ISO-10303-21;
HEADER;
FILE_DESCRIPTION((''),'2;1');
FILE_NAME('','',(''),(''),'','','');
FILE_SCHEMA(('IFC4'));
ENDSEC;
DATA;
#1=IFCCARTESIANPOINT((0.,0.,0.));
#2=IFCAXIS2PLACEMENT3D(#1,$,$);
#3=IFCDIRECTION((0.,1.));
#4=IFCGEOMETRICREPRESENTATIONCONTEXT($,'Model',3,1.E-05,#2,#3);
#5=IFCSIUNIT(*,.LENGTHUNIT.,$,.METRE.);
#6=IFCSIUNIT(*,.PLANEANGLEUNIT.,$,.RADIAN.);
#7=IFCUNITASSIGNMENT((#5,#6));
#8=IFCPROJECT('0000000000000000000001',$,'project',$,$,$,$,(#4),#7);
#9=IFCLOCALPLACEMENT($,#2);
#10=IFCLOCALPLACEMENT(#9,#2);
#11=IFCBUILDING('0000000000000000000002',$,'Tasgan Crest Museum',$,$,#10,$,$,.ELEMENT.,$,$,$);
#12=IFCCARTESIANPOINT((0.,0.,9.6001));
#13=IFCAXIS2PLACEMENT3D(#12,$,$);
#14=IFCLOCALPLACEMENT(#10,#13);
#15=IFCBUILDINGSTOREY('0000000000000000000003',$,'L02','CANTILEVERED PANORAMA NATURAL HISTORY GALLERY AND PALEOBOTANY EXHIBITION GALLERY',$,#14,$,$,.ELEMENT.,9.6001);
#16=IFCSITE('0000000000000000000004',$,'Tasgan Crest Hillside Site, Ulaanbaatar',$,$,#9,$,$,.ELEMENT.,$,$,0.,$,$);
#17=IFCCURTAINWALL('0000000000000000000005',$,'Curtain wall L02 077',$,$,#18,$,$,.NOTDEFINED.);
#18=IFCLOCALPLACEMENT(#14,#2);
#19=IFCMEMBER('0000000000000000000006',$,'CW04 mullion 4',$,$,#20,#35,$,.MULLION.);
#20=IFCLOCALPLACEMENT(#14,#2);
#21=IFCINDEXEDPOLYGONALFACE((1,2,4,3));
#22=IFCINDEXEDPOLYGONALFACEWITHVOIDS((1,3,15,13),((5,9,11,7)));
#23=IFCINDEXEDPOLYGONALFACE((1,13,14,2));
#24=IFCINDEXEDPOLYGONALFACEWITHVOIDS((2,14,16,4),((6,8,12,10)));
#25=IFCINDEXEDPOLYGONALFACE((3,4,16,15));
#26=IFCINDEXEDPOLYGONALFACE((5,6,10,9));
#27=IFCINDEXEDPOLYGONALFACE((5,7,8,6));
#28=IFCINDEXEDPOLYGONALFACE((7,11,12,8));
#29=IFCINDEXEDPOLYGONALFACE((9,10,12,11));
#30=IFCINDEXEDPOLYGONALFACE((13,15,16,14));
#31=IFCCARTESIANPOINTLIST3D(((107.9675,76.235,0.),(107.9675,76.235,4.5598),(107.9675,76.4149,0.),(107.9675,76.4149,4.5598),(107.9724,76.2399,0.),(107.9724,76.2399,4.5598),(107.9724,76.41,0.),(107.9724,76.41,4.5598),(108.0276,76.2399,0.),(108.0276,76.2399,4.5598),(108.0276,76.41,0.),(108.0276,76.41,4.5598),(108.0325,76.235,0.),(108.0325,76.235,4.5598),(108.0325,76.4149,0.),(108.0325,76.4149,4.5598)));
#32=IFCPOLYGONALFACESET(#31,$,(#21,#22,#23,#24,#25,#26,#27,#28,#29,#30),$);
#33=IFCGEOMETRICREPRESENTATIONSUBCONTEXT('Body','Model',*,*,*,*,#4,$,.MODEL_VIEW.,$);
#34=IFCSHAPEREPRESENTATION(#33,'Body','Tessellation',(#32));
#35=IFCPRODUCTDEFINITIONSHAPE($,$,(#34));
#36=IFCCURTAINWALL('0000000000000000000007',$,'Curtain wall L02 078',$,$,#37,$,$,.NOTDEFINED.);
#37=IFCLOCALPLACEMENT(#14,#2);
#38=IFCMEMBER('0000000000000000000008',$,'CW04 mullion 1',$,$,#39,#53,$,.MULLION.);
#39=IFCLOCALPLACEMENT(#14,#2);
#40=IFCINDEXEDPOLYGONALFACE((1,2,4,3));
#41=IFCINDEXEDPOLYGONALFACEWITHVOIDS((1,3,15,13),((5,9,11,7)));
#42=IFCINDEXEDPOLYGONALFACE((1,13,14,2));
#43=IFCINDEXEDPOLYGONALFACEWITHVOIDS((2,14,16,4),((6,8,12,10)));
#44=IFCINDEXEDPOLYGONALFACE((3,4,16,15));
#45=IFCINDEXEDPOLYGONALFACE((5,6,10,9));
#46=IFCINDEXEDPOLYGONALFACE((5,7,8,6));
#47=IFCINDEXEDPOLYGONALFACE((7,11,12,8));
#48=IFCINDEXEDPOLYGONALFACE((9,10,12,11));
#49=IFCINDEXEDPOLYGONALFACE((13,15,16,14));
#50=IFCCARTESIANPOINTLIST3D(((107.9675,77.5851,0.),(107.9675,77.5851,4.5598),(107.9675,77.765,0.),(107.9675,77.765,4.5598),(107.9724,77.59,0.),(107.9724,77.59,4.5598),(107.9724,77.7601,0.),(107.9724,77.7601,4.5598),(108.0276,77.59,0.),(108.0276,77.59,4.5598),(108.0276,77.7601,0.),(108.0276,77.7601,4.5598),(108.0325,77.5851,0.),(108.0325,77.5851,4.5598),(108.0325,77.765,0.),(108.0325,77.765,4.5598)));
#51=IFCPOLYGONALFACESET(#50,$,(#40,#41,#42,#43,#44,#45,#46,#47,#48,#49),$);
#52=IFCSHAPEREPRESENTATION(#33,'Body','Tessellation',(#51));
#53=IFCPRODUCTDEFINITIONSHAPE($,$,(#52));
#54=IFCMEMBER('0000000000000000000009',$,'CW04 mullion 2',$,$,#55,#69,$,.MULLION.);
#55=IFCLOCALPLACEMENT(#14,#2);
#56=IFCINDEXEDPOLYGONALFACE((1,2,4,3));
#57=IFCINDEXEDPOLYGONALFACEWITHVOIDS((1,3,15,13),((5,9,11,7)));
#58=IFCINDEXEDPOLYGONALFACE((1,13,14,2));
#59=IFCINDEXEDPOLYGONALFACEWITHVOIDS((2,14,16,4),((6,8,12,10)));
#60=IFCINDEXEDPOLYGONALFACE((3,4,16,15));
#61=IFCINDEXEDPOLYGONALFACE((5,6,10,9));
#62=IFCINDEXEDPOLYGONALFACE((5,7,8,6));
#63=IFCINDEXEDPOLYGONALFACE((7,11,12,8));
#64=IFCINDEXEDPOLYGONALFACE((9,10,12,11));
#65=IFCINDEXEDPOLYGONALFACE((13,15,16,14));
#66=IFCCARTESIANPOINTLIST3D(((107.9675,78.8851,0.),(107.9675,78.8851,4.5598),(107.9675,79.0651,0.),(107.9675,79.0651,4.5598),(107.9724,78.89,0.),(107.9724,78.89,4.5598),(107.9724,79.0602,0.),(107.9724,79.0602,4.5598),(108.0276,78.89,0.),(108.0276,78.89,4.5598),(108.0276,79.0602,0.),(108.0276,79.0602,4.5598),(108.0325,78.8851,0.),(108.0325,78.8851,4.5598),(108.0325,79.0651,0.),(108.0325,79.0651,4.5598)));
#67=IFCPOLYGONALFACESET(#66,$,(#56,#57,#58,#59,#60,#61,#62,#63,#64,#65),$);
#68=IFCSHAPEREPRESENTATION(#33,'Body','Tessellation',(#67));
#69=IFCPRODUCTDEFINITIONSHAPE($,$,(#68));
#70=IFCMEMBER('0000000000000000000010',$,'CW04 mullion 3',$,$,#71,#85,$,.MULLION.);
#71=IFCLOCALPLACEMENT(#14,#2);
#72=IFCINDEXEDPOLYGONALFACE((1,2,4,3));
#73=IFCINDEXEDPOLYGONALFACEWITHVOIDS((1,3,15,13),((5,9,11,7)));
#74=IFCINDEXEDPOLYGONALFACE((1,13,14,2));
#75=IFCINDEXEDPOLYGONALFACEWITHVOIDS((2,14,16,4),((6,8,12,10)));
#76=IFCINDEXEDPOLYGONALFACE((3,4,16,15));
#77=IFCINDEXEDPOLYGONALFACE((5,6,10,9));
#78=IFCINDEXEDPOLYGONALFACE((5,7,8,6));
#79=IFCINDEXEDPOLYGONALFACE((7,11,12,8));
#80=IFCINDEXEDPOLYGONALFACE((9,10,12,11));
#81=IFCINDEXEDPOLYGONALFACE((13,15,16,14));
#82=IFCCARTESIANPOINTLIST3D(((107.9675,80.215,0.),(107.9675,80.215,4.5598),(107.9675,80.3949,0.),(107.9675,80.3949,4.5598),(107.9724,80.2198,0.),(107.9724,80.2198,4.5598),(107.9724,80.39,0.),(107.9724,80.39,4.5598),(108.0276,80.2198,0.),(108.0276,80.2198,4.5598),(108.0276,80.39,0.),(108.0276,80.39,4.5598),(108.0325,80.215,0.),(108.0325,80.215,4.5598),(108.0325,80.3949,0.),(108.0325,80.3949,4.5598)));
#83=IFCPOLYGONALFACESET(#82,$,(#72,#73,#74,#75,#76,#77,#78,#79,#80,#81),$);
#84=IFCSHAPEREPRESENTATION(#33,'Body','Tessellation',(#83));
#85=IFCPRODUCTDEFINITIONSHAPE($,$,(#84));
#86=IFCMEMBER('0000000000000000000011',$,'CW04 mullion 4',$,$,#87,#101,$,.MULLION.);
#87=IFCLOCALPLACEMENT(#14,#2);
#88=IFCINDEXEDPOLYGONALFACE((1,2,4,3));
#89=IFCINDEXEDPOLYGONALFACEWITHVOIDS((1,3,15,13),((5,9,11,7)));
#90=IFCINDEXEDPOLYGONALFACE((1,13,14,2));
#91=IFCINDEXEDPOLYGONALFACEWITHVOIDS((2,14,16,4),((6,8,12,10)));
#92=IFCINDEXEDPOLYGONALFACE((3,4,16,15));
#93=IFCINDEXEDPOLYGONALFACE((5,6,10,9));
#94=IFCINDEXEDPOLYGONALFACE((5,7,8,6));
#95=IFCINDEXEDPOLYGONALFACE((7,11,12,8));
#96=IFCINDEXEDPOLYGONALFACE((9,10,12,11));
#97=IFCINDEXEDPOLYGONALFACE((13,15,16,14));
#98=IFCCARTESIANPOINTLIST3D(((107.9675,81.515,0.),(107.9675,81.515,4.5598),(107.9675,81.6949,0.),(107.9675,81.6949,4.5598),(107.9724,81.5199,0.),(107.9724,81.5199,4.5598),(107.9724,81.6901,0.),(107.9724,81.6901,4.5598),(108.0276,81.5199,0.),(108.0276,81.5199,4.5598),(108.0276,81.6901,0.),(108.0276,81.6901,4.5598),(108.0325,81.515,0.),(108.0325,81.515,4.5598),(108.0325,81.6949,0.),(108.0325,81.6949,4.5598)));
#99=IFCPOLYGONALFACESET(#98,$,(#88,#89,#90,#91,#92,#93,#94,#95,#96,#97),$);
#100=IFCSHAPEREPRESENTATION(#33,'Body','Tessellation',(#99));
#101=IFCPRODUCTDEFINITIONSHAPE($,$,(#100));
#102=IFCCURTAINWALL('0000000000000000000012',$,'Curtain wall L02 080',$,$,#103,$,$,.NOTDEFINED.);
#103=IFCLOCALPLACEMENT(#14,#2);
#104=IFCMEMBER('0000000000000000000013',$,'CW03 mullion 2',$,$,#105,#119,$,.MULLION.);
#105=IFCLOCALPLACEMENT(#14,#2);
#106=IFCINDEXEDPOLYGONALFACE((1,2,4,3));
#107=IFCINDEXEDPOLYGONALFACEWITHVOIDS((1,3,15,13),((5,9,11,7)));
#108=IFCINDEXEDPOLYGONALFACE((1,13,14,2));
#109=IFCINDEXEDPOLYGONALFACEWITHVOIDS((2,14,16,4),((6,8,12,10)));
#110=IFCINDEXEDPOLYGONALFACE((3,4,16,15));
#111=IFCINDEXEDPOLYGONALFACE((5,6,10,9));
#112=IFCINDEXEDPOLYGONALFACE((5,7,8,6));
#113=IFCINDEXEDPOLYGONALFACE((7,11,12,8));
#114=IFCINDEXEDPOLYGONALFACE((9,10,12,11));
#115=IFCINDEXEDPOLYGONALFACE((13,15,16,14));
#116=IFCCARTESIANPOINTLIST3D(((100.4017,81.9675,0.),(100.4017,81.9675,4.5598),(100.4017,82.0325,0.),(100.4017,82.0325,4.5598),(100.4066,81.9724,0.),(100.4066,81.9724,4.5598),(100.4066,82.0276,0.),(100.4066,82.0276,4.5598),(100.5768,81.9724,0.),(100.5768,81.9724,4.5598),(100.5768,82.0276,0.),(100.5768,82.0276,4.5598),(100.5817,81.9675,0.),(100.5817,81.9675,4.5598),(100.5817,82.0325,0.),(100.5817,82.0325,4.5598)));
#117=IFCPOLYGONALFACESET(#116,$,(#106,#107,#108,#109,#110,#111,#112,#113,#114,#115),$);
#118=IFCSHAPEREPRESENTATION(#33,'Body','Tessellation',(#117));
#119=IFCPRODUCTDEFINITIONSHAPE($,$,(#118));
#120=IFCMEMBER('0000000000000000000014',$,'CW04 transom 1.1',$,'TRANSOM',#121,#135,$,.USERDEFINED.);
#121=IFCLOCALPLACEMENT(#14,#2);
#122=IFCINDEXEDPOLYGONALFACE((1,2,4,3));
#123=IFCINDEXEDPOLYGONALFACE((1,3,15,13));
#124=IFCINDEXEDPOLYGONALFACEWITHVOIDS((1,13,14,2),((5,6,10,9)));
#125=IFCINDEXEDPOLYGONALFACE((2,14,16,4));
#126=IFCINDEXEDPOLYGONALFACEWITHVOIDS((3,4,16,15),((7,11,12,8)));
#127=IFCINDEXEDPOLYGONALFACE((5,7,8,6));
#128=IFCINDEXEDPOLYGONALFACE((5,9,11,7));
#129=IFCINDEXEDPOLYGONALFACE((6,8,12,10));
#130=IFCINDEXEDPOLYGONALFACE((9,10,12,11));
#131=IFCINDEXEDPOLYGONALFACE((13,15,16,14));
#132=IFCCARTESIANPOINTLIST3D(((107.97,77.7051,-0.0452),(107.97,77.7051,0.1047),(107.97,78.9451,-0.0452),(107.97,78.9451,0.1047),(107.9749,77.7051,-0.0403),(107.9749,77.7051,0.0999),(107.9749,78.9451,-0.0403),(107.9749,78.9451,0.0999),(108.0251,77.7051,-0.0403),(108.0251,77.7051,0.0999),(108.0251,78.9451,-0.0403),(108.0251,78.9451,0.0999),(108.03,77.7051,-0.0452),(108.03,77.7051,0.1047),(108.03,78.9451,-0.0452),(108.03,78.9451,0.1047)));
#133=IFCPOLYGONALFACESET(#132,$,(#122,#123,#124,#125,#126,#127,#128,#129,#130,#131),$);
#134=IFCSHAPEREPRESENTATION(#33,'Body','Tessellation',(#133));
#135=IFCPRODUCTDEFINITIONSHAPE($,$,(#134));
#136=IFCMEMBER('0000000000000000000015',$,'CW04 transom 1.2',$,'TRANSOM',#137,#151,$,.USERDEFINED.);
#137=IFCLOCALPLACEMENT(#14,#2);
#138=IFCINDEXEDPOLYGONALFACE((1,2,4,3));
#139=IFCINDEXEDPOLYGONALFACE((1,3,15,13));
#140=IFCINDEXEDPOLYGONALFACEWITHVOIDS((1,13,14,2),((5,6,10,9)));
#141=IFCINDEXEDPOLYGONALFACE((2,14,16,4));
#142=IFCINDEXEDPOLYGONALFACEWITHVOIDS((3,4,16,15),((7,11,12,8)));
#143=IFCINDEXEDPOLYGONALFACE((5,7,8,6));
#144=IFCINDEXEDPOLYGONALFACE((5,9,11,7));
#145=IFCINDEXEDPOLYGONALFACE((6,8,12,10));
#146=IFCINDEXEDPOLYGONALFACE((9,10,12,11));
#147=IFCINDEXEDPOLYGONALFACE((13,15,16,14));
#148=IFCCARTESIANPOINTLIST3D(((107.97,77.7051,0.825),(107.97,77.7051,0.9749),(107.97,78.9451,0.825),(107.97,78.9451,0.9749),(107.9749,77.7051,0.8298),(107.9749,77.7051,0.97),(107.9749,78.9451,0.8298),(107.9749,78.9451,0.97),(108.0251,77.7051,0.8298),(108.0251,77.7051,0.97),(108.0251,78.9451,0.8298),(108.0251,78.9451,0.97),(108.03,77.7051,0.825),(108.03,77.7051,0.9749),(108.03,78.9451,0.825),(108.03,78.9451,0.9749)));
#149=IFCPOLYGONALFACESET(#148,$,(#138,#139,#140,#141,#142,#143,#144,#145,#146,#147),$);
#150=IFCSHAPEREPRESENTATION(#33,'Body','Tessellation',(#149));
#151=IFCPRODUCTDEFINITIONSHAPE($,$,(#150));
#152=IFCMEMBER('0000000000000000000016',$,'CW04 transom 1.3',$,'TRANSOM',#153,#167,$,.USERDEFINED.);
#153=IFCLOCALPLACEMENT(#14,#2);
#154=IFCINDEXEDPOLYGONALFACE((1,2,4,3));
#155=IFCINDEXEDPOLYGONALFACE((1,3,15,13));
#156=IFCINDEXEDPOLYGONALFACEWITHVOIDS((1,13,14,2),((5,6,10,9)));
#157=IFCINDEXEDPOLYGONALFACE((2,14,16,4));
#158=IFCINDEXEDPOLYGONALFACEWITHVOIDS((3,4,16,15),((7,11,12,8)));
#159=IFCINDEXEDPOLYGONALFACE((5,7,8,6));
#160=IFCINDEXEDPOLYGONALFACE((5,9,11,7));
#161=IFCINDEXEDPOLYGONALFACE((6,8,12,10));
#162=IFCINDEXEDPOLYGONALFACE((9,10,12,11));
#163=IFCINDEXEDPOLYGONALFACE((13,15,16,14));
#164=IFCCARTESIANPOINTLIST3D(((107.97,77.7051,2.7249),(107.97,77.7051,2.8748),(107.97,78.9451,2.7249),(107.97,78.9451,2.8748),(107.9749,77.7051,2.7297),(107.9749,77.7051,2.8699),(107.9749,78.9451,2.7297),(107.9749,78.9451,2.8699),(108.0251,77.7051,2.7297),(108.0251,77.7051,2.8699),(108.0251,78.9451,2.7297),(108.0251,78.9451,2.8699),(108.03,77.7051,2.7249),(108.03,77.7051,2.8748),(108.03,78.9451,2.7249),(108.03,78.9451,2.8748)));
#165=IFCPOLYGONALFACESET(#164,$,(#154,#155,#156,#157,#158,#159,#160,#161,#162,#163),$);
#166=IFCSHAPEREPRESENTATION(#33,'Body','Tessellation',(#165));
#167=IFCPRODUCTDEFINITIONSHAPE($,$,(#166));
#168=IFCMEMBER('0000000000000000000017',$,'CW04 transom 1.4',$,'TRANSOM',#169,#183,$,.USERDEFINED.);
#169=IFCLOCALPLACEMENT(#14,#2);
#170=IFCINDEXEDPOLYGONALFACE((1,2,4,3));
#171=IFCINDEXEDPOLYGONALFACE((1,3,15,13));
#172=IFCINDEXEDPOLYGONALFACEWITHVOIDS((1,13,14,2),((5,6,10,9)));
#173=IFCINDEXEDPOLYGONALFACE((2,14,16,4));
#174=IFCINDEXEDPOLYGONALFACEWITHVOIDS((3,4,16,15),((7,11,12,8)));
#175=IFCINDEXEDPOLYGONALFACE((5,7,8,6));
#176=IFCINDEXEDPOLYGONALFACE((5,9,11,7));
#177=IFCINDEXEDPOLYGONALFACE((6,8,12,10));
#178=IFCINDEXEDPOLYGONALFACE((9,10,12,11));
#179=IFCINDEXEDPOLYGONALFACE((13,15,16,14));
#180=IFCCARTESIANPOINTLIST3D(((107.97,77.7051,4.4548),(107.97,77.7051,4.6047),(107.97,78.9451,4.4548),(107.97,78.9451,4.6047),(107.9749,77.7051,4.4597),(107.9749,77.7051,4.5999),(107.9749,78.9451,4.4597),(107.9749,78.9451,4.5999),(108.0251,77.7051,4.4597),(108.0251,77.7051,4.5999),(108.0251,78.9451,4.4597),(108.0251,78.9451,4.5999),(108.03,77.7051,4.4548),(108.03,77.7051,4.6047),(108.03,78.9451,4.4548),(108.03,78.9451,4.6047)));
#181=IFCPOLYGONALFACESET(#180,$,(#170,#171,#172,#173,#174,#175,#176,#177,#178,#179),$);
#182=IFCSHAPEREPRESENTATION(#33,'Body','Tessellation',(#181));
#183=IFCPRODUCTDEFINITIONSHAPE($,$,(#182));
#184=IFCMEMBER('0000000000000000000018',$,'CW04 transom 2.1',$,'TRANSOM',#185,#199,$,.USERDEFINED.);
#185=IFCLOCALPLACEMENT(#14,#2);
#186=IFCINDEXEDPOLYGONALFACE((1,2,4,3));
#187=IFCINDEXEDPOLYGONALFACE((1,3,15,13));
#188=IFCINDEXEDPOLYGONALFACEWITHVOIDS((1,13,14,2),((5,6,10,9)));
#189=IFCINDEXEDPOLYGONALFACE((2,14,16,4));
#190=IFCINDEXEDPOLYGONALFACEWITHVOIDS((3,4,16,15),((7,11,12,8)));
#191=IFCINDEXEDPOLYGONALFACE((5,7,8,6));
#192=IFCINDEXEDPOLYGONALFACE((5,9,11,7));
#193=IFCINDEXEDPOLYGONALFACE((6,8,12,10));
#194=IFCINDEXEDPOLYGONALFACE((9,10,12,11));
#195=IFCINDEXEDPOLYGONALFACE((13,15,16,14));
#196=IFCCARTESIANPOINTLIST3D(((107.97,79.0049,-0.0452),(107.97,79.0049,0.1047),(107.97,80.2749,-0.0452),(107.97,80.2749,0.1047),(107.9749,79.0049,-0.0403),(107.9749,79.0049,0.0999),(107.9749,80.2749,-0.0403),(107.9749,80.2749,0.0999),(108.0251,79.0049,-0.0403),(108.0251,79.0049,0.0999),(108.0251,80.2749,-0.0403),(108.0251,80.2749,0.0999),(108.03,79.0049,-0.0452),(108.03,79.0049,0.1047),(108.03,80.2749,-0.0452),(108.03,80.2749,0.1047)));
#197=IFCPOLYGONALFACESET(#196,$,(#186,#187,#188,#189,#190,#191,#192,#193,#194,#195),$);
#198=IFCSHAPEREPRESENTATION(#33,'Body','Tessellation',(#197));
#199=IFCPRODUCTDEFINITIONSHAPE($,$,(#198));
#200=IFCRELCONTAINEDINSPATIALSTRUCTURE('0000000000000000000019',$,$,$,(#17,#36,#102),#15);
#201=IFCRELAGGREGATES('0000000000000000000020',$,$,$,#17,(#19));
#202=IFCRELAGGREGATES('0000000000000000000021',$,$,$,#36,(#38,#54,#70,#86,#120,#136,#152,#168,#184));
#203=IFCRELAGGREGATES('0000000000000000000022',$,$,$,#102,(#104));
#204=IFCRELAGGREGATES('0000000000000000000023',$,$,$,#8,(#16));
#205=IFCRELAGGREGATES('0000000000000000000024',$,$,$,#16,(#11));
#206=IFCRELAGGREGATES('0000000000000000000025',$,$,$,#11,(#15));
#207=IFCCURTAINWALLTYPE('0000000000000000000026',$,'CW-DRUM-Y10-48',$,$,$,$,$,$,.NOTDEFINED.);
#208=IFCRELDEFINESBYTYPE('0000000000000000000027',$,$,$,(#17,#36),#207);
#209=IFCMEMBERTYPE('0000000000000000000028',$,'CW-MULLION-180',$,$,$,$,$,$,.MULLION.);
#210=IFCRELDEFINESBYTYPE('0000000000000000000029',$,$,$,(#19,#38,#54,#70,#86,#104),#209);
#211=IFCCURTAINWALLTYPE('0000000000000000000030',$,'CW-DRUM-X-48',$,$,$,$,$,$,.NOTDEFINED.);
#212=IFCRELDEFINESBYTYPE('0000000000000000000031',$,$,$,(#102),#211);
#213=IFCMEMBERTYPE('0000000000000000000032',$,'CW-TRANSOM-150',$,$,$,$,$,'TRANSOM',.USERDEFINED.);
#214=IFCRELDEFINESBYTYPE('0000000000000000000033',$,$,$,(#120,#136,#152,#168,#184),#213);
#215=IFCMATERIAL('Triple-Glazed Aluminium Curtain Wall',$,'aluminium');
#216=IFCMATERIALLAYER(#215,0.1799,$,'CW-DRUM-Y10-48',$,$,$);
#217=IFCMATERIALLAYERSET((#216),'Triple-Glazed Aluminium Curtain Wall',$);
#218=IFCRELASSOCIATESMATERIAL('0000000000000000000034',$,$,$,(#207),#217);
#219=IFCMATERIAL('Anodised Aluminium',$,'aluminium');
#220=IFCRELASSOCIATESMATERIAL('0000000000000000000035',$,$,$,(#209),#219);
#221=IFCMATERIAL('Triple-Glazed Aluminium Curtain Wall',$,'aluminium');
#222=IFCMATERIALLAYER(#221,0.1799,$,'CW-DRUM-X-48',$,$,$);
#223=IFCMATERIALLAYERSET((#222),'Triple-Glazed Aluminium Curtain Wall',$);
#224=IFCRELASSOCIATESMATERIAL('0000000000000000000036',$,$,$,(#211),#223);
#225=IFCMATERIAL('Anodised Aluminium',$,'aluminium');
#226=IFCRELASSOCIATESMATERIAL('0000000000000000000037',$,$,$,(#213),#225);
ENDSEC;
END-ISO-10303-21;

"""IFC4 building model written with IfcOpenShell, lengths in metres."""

from ifc_helpers import new_model, si_unit, direction, frame, origin, origin_2d, place, context, subcontext, project, spatial, hollow_rectangle, extrude, material, layer, layer_set, material_profile, profile_set, type_object, element, aggregate, save


model = new_model("IFC4")

# Units and contexts
model_context = context("Model", 3, precision=1e-05, world=origin(), true_north=direction((0.0, 1.0)))
body_context = subcontext(model_context, "Body", "Model", "MODEL_VIEW")
ifc_project = project(units=[si_unit("LENGTHUNIT", "METRE"), si_unit("PLANEANGLEUNIT", "RADIAN")], contexts=[model_context])

# Site, building, storey
site_placement = place(None, origin())
site = spatial("IfcSite", under=ifc_project, at=site_placement, Name="Tasgan Crest Hillside Site, Ulaanbaatar", CompositionType="ELEMENT", RefElevation=0.0)
building_placement = place(site_placement, origin())
building = spatial("IfcBuilding", under=site, at=building_placement, Name="Tasgan Crest Museum", CompositionType="ELEMENT")
storey_placement = place(building_placement, frame((0.0, 0.0, 9.6001)))
storey = spatial("IfcBuildingStorey", under=building, at=storey_placement, Name="L02", Description="CANTILEVERED PANORAMA NATURAL HISTORY GALLERY AND PALEOBOTANY EXHIBITION GALLERY", CompositionType="ELEMENT", Elevation=9.6001)

# Curtain wall, member
ifc_material_1 = material(Name="Triple-Glazed Aluminium Curtain Wall", Category="aluminium")
ifc_layer_1 = layer(ifc_material_1, 0.1799, Name="CW-DRUM-Y10-48")
ifc_layer_set_1 = layer_set([ifc_layer_1], Name="Triple-Glazed Aluminium Curtain Wall")
curtain_wall_type_1 = type_object("IfcCurtainWallType", Name="CW-DRUM-Y10-48", PredefinedType="NOTDEFINED", material=ifc_layer_set_1)
curtain_wall_1_placement = place(storey_placement, origin())
curtain_wall_1 = element("IfcCurtainWall", 1, at=curtain_wall_1_placement, inside=storey, type_object=curtain_wall_type_1, Name="Curtain wall L02 077", PredefinedType="NOTDEFINED")
ifc_material_2 = material(Name="Anodised Aluminium", Category="aluminium")
ifc_material_profile_1 = material_profile(ifc_material_2, hollow_rectangle(XDim=0.0649, YDim=0.1799, WallThickness=0.0049, at=origin_2d()), Name="ALU MULLION 180x65x5")
ifc_profile_set_1 = profile_set([ifc_material_profile_1], Name="Anodised Aluminium")
member_type_1 = type_object("IfcMemberType", Name="CW-MULLION-180", PredefinedType="MULLION", material=ifc_profile_set_1)
member_1_placement = place(storey_placement, frame((108.0, 76.325, 0.0), z_axis=(0.0, 0.0, 1.0), x_axis=(-1.0, 0.0, 0.0)))
member_1 = element("IfcMember", 2, at=member_1_placement, type_object=member_type_1, Name="CW04 mullion 4", PredefinedType="MULLION", context=body_context, shape_type="SweptSolid", body=[
    extrude(hollow_rectangle(XDim=0.0649, YDim=0.1799, WallThickness=0.0049, at=origin_2d()), origin(), (0.0, 0.0, 1.0), 4.5598),
])
aggregate(curtain_wall_1, [member_1])

# Curtain wall, members
curtain_wall_2_placement = place(storey_placement, origin())
curtain_wall_2 = element("IfcCurtainWall", 3, at=curtain_wall_2_placement, inside=storey, type_object=curtain_wall_type_1, Name="Curtain wall L02 078", PredefinedType="NOTDEFINED")
member_2_placement = place(storey_placement, frame((108.0, 77.675, 0.0), z_axis=(0.0, 0.0, 1.0), x_axis=(-1.0, 0.0, 0.0)))
member_2 = element("IfcMember", 4, at=member_2_placement, type_object=member_type_1, Name="CW04 mullion 1", PredefinedType="MULLION", context=body_context, shape_type="SweptSolid", body=[
    extrude(hollow_rectangle(XDim=0.0649, YDim=0.1799, WallThickness=0.0049, at=origin_2d()), origin(), (0.0, 0.0, 1.0), 4.5598),
])
member_3_placement = place(storey_placement, frame((108.0, 78.9751, 0.0), z_axis=(0.0, 0.0, 1.0), x_axis=(-1.0, 0.0, 0.0)))
member_3 = element("IfcMember", 5, at=member_3_placement, type_object=member_type_1, Name="CW04 mullion 2", PredefinedType="MULLION", context=body_context, shape_type="SweptSolid", body=[
    extrude(hollow_rectangle(XDim=0.0649, YDim=0.1799, WallThickness=0.0049, at=origin_2d()), origin(), (0.0, 0.0, 1.0), 4.5598),
])
member_4_placement = place(storey_placement, frame((108.0, 80.3049, 0.0), z_axis=(0.0, 0.0, 1.0), x_axis=(-1.0, 0.0, 0.0)))
member_4 = element("IfcMember", 6, at=member_4_placement, type_object=member_type_1, Name="CW04 mullion 3", PredefinedType="MULLION", context=body_context, shape_type="SweptSolid", body=[
    extrude(hollow_rectangle(XDim=0.0649, YDim=0.1799, WallThickness=0.0049, at=origin_2d()), origin(), (0.0, 0.0, 1.0), 4.5598),
])
member_5_placement = place(storey_placement, frame((108.0, 81.605, 0.0), z_axis=(0.0, 0.0, 1.0), x_axis=(-1.0, 0.0, 0.0)))
member_5 = element("IfcMember", 7, at=member_5_placement, type_object=member_type_1, Name="CW04 mullion 4", PredefinedType="MULLION", context=body_context, shape_type="SweptSolid", body=[
    extrude(hollow_rectangle(XDim=0.0649, YDim=0.1799, WallThickness=0.0049, at=origin_2d()), origin(), (0.0, 0.0, 1.0), 4.5598),
])

# Curtain wall, member
ifc_material_3 = material(Name="Triple-Glazed Aluminium Curtain Wall", Category="aluminium")
ifc_layer_2 = layer(ifc_material_3, 0.1799, Name="CW-DRUM-X-48")
ifc_layer_set_2 = layer_set([ifc_layer_2], Name="Triple-Glazed Aluminium Curtain Wall")
curtain_wall_type_2 = type_object("IfcCurtainWallType", Name="CW-DRUM-X-48", PredefinedType="NOTDEFINED", material=ifc_layer_set_2)
curtain_wall_3_placement = place(storey_placement, origin())
curtain_wall_3 = element("IfcCurtainWall", 8, at=curtain_wall_3_placement, inside=storey, type_object=curtain_wall_type_2, Name="Curtain wall L02 080", PredefinedType="NOTDEFINED")
member_6_placement = place(storey_placement, frame((100.4917, 82.0, 0.0), z_axis=(0.0, 0.0, 1.0), x_axis=(0.0, -1.0, 0.0)))
member_6 = element("IfcMember", 9, at=member_6_placement, type_object=member_type_1, Name="CW03 mullion 2", PredefinedType="MULLION", context=body_context, shape_type="SweptSolid", body=[
    extrude(hollow_rectangle(XDim=0.0649, YDim=0.1799, WallThickness=0.0049, at=origin_2d()), origin(), (0.0, 0.0, 1.0), 4.5598),
])

# Members
ifc_material_4 = material(Name="Anodised Aluminium", Category="aluminium")
ifc_material_profile_2 = material_profile(ifc_material_4, hollow_rectangle(XDim=0.0601, YDim=0.1499, WallThickness=0.0049, at=origin_2d()), Name="ALU TRANSOM 150x60x5")
ifc_profile_set_2 = profile_set([ifc_material_profile_2], Name="Anodised Aluminium")
member_type_2 = type_object("IfcMemberType", Name="CW-TRANSOM-150", ElementType="TRANSOM", PredefinedType="USERDEFINED", material=ifc_profile_set_2)
member_7_placement = place(storey_placement, frame((108.0, 77.7051, 0.0298), z_axis=(0.0, 1.0, 0.0), x_axis=(-1.0, 0.0, 0.0)))
member_7 = element("IfcMember", 10, at=member_7_placement, type_object=member_type_2, Name="CW04 transom 1.1", ObjectType="TRANSOM", PredefinedType="USERDEFINED", context=body_context, shape_type="SweptSolid", body=[
    extrude(hollow_rectangle(XDim=0.0601, YDim=0.1499, WallThickness=0.0049, at=origin_2d()), origin(), (0.0, 0.0, 1.0), 1.24),
])
member_8_placement = place(storey_placement, frame((108.0, 77.7051, 0.8999), z_axis=(0.0, 1.0, 0.0), x_axis=(-1.0, 0.0, 0.0)))
member_8 = element("IfcMember", 11, at=member_8_placement, type_object=member_type_2, Name="CW04 transom 1.2", ObjectType="TRANSOM", PredefinedType="USERDEFINED", context=body_context, shape_type="SweptSolid", body=[
    extrude(hollow_rectangle(XDim=0.0601, YDim=0.1499, WallThickness=0.0049, at=origin_2d()), origin(), (0.0, 0.0, 1.0), 1.24),
])
member_9_placement = place(storey_placement, frame((108.0, 77.7051, 2.7998), z_axis=(0.0, 1.0, 0.0), x_axis=(-1.0, 0.0, 0.0)))
member_9 = element("IfcMember", 12, at=member_9_placement, type_object=member_type_2, Name="CW04 transom 1.3", ObjectType="TRANSOM", PredefinedType="USERDEFINED", context=body_context, shape_type="SweptSolid", body=[
    extrude(hollow_rectangle(XDim=0.0601, YDim=0.1499, WallThickness=0.0049, at=origin_2d()), origin(), (0.0, 0.0, 1.0), 1.24),
])
member_10_placement = place(storey_placement, frame((108.0, 77.7051, 4.5298), z_axis=(0.0, 1.0, 0.0), x_axis=(-1.0, 0.0, 0.0)))
member_10 = element("IfcMember", 13, at=member_10_placement, type_object=member_type_2, Name="CW04 transom 1.4", ObjectType="TRANSOM", PredefinedType="USERDEFINED", context=body_context, shape_type="SweptSolid", body=[
    extrude(hollow_rectangle(XDim=0.0601, YDim=0.1499, WallThickness=0.0049, at=origin_2d()), origin(), (0.0, 0.0, 1.0), 1.24),
])
member_11_placement = place(storey_placement, frame((108.0, 79.0049, 0.0298), z_axis=(0.0, 1.0, 0.0), x_axis=(-1.0, 0.0, 0.0)))
member_11 = element("IfcMember", 14, at=member_11_placement, type_object=member_type_2, Name="CW04 transom 2.1", ObjectType="TRANSOM", PredefinedType="USERDEFINED", context=body_context, shape_type="SweptSolid", body=[
    extrude(hollow_rectangle(XDim=0.0601, YDim=0.1499, WallThickness=0.0049, at=origin_2d()), origin(), (0.0, 0.0, 1.0), 1.27),
])

aggregate(curtain_wall_2, [member_2, member_3, member_4, member_5, member_7, member_8, member_9, member_10, member_11])
aggregate(curtain_wall_3, [member_6])

save(model, "model.ifc")
